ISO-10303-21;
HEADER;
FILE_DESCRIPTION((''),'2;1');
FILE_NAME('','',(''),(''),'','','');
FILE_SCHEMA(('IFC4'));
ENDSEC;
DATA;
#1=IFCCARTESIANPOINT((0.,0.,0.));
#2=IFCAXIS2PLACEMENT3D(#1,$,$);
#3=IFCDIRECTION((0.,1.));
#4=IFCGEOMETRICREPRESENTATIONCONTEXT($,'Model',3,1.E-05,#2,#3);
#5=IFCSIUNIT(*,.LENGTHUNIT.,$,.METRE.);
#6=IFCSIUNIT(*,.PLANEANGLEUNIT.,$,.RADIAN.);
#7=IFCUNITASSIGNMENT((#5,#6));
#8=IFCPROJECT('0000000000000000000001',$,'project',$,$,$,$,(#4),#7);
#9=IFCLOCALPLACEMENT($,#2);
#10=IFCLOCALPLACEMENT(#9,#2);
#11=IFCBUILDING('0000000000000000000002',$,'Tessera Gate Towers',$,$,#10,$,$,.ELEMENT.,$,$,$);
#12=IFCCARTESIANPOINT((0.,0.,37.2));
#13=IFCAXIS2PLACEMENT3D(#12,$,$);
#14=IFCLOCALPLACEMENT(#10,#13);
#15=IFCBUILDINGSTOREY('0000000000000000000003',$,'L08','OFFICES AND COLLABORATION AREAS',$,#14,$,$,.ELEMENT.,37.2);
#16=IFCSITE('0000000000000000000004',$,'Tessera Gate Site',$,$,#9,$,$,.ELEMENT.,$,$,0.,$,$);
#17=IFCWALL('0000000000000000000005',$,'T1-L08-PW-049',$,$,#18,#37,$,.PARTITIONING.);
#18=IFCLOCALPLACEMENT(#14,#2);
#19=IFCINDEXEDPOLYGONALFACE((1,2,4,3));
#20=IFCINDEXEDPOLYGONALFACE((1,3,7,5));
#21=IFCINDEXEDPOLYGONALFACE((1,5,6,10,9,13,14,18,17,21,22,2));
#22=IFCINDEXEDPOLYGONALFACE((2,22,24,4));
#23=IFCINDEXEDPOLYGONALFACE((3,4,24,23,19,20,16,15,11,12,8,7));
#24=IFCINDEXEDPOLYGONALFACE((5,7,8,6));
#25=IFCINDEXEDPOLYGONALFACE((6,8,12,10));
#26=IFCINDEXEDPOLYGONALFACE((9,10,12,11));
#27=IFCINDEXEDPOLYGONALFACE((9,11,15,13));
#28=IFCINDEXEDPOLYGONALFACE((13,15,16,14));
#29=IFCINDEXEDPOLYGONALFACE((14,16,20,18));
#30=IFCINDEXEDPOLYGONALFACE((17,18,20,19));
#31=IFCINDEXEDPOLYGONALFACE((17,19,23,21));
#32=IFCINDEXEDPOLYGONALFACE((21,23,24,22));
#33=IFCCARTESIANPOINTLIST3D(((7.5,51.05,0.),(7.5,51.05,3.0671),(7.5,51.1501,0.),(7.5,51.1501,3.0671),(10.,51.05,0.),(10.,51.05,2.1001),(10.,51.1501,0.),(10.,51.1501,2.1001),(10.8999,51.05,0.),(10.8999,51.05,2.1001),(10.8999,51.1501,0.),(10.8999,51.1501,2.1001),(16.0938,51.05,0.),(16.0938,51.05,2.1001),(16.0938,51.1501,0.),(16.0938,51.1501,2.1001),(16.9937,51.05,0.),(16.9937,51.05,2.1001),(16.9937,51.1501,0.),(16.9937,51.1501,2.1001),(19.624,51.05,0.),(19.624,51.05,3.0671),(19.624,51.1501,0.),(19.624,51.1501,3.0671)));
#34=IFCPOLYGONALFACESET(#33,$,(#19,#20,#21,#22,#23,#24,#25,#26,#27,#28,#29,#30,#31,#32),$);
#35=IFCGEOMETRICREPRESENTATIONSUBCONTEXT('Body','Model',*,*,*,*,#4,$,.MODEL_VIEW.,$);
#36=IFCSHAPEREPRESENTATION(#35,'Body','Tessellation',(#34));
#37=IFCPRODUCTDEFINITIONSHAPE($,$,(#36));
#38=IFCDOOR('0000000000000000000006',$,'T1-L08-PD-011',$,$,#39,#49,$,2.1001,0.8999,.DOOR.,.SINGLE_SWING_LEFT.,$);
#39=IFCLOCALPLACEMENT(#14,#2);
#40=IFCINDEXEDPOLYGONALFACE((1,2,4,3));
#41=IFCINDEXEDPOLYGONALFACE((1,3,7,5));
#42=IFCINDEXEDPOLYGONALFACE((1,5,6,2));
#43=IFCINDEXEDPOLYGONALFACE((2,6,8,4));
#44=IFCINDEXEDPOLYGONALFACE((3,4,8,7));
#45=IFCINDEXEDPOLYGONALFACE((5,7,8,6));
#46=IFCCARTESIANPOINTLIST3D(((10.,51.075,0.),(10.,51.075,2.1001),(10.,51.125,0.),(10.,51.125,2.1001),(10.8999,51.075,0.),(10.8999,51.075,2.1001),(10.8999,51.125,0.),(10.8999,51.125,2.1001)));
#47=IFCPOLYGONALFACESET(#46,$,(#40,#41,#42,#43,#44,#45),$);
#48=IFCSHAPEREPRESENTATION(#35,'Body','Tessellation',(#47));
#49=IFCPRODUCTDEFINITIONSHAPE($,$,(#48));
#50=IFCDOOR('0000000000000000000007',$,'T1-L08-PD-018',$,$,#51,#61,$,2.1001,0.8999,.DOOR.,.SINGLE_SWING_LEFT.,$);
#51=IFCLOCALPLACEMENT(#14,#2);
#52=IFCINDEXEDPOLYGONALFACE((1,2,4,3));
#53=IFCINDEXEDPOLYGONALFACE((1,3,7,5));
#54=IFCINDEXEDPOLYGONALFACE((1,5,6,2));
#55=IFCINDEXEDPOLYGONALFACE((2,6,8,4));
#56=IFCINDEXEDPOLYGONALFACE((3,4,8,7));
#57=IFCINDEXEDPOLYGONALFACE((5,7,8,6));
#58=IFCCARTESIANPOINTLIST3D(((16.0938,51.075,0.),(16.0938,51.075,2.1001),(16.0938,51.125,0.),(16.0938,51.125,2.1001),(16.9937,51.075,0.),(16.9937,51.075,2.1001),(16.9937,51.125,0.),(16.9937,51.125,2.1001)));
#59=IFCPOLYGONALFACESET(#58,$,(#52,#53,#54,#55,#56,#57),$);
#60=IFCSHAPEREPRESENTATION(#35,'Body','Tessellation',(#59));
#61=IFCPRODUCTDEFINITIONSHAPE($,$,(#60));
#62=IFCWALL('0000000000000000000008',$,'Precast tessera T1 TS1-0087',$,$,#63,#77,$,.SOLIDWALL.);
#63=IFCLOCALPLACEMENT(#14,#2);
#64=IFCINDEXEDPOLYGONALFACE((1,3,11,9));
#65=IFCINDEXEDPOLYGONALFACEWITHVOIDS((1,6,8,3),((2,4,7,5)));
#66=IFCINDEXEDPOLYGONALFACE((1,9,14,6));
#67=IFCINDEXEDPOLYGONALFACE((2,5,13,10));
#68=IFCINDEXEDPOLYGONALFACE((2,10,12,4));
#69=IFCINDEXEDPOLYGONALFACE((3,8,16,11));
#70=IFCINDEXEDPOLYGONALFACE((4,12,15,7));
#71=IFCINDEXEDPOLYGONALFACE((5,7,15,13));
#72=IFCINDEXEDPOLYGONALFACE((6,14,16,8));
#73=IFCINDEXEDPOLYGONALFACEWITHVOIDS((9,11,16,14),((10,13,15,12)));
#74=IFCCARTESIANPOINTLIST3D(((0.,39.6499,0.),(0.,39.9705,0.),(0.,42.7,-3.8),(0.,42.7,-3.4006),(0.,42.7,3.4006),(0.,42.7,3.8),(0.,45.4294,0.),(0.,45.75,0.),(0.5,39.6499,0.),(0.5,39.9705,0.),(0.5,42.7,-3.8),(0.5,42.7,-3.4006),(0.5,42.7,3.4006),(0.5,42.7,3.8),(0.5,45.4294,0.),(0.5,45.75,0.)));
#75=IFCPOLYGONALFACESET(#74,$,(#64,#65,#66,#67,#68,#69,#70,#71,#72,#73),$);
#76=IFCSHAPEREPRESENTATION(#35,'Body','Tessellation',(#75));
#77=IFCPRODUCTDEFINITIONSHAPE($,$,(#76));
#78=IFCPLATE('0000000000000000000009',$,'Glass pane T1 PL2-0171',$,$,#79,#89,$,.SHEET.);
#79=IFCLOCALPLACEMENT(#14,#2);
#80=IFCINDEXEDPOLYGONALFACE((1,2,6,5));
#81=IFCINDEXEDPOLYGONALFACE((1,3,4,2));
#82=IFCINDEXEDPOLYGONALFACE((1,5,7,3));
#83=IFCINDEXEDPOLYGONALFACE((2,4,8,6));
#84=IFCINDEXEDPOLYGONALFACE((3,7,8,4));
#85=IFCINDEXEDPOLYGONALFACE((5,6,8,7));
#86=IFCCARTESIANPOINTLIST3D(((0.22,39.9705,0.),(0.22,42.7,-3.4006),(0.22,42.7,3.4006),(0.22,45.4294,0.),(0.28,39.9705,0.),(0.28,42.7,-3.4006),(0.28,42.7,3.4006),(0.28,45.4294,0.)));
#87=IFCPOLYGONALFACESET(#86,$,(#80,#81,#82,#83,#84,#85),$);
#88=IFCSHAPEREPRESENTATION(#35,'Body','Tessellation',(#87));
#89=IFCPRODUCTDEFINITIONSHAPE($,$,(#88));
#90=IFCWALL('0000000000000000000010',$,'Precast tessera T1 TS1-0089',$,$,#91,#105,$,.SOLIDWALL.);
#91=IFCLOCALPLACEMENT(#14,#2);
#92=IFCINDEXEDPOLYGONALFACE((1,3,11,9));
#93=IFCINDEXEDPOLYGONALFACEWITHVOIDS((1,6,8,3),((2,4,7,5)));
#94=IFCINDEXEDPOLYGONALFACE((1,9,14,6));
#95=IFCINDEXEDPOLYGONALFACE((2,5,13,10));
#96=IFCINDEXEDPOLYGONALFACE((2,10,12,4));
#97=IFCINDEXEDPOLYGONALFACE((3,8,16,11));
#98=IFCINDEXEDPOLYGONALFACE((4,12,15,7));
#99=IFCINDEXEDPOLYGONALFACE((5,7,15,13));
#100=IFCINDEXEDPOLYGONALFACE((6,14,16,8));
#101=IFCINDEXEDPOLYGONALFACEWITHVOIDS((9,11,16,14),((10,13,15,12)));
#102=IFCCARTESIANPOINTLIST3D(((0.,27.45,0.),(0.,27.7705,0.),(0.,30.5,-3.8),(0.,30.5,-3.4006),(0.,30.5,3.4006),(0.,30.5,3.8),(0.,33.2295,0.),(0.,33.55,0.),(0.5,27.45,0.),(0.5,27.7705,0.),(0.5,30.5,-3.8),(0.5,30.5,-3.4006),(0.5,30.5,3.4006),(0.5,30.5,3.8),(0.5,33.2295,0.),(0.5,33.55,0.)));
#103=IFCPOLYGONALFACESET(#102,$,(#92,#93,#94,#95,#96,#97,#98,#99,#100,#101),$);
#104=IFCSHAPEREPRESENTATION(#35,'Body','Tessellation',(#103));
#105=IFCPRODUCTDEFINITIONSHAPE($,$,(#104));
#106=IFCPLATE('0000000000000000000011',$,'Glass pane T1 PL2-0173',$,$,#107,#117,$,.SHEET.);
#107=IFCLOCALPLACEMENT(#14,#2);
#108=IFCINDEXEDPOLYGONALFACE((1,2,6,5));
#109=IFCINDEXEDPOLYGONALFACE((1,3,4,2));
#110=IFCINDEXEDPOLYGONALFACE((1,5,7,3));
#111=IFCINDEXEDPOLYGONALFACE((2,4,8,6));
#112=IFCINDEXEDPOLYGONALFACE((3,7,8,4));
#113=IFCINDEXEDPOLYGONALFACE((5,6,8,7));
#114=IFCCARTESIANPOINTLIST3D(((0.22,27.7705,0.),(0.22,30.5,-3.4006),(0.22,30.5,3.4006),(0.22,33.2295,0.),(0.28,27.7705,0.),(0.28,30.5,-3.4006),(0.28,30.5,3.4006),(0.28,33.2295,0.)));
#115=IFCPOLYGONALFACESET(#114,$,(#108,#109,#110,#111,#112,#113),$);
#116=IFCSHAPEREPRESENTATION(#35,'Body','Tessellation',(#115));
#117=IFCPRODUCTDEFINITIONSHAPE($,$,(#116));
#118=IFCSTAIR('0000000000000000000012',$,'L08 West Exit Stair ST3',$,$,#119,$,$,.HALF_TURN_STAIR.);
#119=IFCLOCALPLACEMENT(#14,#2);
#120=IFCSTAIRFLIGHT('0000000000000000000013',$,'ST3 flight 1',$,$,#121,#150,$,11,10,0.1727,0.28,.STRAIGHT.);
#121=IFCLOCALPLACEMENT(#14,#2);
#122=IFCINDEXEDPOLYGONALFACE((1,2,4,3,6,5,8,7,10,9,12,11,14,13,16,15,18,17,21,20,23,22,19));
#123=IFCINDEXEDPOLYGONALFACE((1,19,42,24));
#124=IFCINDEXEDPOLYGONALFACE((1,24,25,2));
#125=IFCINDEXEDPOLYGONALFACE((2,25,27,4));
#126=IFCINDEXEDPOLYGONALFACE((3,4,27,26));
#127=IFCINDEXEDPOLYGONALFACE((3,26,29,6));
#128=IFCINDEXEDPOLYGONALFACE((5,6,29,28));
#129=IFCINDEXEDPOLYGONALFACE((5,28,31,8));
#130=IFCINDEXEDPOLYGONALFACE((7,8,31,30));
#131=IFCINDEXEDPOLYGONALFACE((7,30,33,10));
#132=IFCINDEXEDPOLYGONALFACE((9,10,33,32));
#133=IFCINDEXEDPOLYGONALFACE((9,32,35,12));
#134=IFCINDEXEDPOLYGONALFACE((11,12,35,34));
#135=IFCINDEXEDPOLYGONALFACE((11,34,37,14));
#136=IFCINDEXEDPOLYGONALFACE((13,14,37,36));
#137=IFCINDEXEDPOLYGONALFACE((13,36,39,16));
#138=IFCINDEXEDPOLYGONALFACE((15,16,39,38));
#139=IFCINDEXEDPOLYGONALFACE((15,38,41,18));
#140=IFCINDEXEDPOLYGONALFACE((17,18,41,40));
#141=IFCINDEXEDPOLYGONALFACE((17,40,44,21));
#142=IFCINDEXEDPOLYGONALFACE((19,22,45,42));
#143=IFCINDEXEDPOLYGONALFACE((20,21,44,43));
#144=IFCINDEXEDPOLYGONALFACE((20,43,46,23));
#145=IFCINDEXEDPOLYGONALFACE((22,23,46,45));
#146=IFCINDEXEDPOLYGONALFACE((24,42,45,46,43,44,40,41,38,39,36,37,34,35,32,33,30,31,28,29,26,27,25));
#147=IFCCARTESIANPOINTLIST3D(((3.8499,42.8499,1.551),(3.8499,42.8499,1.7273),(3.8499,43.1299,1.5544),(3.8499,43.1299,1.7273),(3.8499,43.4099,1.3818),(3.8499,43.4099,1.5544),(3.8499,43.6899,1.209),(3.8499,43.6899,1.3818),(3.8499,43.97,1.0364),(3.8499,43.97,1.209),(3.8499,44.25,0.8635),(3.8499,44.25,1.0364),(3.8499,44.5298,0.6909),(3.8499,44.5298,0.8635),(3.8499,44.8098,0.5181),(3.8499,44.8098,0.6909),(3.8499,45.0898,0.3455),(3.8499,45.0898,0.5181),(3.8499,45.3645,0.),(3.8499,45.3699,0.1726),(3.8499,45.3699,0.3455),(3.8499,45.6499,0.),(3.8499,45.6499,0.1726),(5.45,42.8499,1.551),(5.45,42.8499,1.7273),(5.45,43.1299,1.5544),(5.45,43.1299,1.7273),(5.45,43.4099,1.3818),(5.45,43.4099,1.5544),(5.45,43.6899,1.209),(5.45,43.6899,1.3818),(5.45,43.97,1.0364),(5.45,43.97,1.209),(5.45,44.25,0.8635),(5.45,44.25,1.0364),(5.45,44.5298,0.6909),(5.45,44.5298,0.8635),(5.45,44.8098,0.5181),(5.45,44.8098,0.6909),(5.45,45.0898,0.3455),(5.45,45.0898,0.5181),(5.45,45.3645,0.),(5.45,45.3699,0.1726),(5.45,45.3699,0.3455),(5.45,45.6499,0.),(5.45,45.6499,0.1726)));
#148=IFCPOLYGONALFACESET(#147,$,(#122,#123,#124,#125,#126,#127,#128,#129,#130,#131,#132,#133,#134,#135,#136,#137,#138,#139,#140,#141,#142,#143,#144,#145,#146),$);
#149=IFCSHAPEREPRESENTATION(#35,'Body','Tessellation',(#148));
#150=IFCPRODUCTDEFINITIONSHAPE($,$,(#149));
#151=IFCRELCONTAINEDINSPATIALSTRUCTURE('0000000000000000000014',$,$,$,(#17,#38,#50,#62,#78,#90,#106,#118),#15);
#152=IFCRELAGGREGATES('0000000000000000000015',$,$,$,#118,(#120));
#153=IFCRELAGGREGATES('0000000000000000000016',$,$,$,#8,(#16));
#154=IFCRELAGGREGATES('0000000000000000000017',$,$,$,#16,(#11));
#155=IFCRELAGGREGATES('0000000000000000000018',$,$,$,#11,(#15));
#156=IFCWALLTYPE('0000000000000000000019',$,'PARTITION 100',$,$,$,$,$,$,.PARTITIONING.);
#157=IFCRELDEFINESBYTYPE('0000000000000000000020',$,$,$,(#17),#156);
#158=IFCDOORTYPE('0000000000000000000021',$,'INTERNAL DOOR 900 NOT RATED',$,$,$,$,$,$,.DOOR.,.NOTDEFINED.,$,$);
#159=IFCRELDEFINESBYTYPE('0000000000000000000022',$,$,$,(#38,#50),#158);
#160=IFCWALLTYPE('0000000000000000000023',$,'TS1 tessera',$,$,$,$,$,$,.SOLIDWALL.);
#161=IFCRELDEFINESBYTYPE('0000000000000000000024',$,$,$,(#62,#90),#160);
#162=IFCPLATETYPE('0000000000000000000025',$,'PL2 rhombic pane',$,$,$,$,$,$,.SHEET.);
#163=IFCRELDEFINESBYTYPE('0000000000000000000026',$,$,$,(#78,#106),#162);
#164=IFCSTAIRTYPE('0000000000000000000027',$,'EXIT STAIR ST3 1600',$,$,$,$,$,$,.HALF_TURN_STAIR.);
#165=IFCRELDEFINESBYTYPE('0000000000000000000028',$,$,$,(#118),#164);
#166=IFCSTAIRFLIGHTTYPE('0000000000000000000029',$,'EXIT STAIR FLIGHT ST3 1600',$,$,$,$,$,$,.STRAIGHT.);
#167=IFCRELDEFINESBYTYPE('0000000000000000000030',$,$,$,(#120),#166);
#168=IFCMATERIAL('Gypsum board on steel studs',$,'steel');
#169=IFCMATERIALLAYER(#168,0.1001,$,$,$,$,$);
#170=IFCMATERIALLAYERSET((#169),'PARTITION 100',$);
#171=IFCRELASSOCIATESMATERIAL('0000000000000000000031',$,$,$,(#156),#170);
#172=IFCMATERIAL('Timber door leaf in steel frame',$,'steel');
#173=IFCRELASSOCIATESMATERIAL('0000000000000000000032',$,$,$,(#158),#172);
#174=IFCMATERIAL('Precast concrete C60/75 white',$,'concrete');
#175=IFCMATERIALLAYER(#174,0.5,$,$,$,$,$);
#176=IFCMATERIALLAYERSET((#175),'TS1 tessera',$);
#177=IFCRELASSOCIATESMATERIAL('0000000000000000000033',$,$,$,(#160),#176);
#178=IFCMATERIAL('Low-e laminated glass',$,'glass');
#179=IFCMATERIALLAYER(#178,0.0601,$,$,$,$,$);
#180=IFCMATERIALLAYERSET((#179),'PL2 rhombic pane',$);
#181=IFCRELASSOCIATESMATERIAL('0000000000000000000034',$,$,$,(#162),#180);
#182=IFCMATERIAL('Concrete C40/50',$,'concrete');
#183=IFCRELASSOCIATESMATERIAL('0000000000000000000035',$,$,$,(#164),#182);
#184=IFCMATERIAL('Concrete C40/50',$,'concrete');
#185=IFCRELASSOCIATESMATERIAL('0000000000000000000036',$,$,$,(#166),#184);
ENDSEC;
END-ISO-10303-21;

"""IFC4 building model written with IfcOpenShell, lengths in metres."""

from ifc_helpers import new_model, si_unit, direction, frame, frame_2d, origin, place, context, subcontext, project, spatial, polyline, rectangle, outline, extrude, source, transform, mapped, material, layer, layer_set, type_object, element, fill, aggregate, save


model = new_model("IFC4")

# Units and contexts
model_context = context("Model", 3, precision=1e-05, world=origin(), true_north=direction((0.0, 1.0)))
body_context = subcontext(model_context, "Body", "Model", "MODEL_VIEW")
ifc_project = project(units=[si_unit("LENGTHUNIT", "METRE"), si_unit("PLANEANGLEUNIT", "RADIAN")], contexts=[model_context])

# Site, building, storey
site_placement = place(None, origin())
site = spatial("IfcSite", under=ifc_project, at=site_placement, Name="Tessera Gate Site", CompositionType="ELEMENT", RefElevation=0.0)
building_placement = place(site_placement, origin())
building = spatial("IfcBuilding", under=site, at=building_placement, Name="Tessera Gate Towers", CompositionType="ELEMENT")
storey_placement = place(building_placement, frame((0.0, 0.0, 37.2)))
storey = spatial("IfcBuildingStorey", under=building, at=storey_placement, Name="L08", Description="OFFICES AND COLLABORATION AREAS", CompositionType="ELEMENT", Elevation=37.2)

# Shared definitions
shared_shape_1 = source(origin(), body_context, "Body", "SweptSolid", [
    extrude(rectangle(XDim=0.8999, YDim=2.1001, at=frame_2d((0.45, 1.05))), frame((0.0, 0.0249, 0.0), z_axis=(0.0, -1.0, 0.0), x_axis=(1.0, 0.0, 0.0)), (0.0, 0.0, 1.0), 0.05),
])

# Shared definitions
ifc_material_1 = material(Name="Gypsum board on steel studs", Category="steel")
ifc_layer_1 = layer(ifc_material_1, 0.1001)
ifc_layer_set_1 = layer_set([ifc_layer_1], Name="PARTITION 100")
wall_type_1 = type_object("IfcWallType", Name="PARTITION 100", PredefinedType="PARTITIONING", material=ifc_layer_set_1)
shared_shape_2 = source(origin(), body_context, "Body", "SweptSolid", [
    extrude(rectangle(XDim=0.8999, YDim=2.1001, at=frame_2d((0.45, 1.05))), frame((0.0, 0.0601, 0.0), z_axis=(0.0, -1.0, 0.0), x_axis=(1.0, 0.0, 0.0)), (0.0, 0.0, 1.0), 0.1201),
])
ifc_material_2 = material(Name="Timber door leaf in steel frame", Category="steel")
door_type_1 = type_object("IfcDoorType", Name="INTERNAL DOOR 900 NOT RATED", OperationType="NOTDEFINED", PredefinedType="DOOR", material=ifc_material_2)

# Wall, openings, doors
wall_1_placement = place(storey_placement, frame((7.5, 51.1001, 0.0), z_axis=(0.0, 0.0, 1.0), x_axis=(1.0, 0.0, 0.0)))
wall_1 = element("IfcWall", 1, at=wall_1_placement, inside=storey, type_object=wall_type_1, Name="T1-L08-PW-049", PredefinedType="PARTITIONING", context=body_context, shape_type="SweptSolid", body=[
    extrude(rectangle(XDim=12.124, YDim=0.1001, at=frame_2d((6.062, 0.0))), origin(), (0.0, 0.0, 1.0), 3.0671),
])
opening_1_placement = place(wall_1_placement, frame((2.5, 0.0, 0.0)))
opening_1 = element("IfcOpeningElement", 2, at=opening_1_placement, cuts=wall_1, PredefinedType="OPENING", context=body_context, shape_type="MappedRepresentation", body=[
    mapped(shared_shape_2, transform((0.0, 0.0, 0.0), scale=1.0)),
])
opening_2_placement = place(wall_1_placement, frame((8.5938, 0.0, 0.0)))
opening_2 = element("IfcOpeningElement", 3, at=opening_2_placement, cuts=wall_1, PredefinedType="OPENING", context=body_context, shape_type="MappedRepresentation", body=[
    mapped(shared_shape_2, transform((0.0, 0.0, 0.0), scale=1.0)),
])
door_1_placement = place(opening_1_placement, origin())
door_1 = element("IfcDoor", 4, at=door_1_placement, inside=storey, type_object=door_type_1, Name="T1-L08-PD-011", OperationType="SINGLE_SWING_LEFT", OverallHeight=2.1001, OverallWidth=0.8999, PredefinedType="DOOR", context=body_context, shape_type="MappedRepresentation", body=[
    mapped(shared_shape_1, transform((0.0, 0.0, 0.0), scale=1.0)),
])
fill(opening_1, door_1)
door_2_placement = place(opening_2_placement, origin())
door_2 = element("IfcDoor", 5, at=door_2_placement, inside=storey, type_object=door_type_1, Name="T1-L08-PD-018", OperationType="SINGLE_SWING_LEFT", OverallHeight=2.1001, OverallWidth=0.8999, PredefinedType="DOOR", context=body_context, shape_type="MappedRepresentation", body=[
    mapped(shared_shape_1, transform((0.0, 0.0, 0.0), scale=1.0)),
])
fill(opening_2, door_2)

# Walls, openings, plates
ifc_material_3 = material(Name="Precast concrete C60/75 white", Category="concrete")
ifc_layer_2 = layer(ifc_material_3, 0.5)
ifc_layer_set_2 = layer_set([ifc_layer_2], Name="TS1 tessera")
wall_type_2 = type_object("IfcWallType", Name="TS1 tessera", PredefinedType="SOLIDWALL", material=ifc_layer_set_2)
shared_shape_3 = source(origin(), body_context, "Body", "SweptSolid", [
    extrude(outline(polyline([(3.05, 0.0), (6.1001, 3.8), (3.05, 7.6001), (0.0, 3.8), (3.05, 0.0)])), frame((0.0, 0.25, 0.0), z_axis=(0.0, -1.0, 0.0), x_axis=(1.0, 0.0, 0.0)), (0.0, 0.0, 1.0), 0.5),
])
wall_2_placement = place(storey_placement, frame((0.25, 45.75, -3.8), z_axis=(0.0, 0.0, 1.0), x_axis=(0.0, -1.0, 0.0)))
wall_2 = element("IfcWall", 6, at=wall_2_placement, inside=storey, type_object=wall_type_2, Name="Precast tessera T1 TS1-0087", PredefinedType="SOLIDWALL", context=body_context, shape_type="MappedRepresentation", body=[
    mapped(shared_shape_3, transform((0.0, 0.0, 0.0), scale=1.0)),
])
shared_shape_4 = source(origin(), body_context, "Body", "SweptSolid", [
    extrude(outline(polyline([(3.05, 0.3994), (5.7795, 3.8), (3.05, 7.2007), (0.3206, 3.8), (3.05, 0.3994)])), frame((0.0, 0.26, 0.0), z_axis=(0.0, -1.0, 0.0), x_axis=(1.0, 0.0, 0.0)), (0.0, 0.0, 1.0), 0.52),
])
opening_3_placement = place(wall_2_placement, origin())
opening_3 = element("IfcOpeningElement", 7, at=opening_3_placement, cuts=wall_2, PredefinedType="OPENING", context=body_context, shape_type="MappedRepresentation", body=[
    mapped(shared_shape_4, transform((0.0, 0.0, 0.0), scale=1.0)),
])
ifc_material_4 = material(Name="Low-e laminated glass", Category="glass")
ifc_layer_3 = layer(ifc_material_4, 0.0601)
ifc_layer_set_3 = layer_set([ifc_layer_3], Name="PL2 rhombic pane")
plate_type = type_object("IfcPlateType", Name="PL2 rhombic pane", PredefinedType="SHEET", material=ifc_layer_set_3)
shared_shape_5 = source(origin(), body_context, "Body", "SweptSolid", [
    extrude(outline(polyline([(3.05, 0.3994), (5.7795, 3.8), (3.05, 7.2007), (0.3206, 3.8), (3.05, 0.3994)])), frame((0.0, 0.03, 0.0), z_axis=(0.0, -1.0, 0.0), x_axis=(1.0, 0.0, 0.0)), (0.0, 0.0, 1.0), 0.0601),
])
plate_1_placement = place(opening_3_placement, origin())
plate_1 = element("IfcPlate", 8, at=plate_1_placement, inside=storey, type_object=plate_type, Name="Glass pane T1 PL2-0171", PredefinedType="SHEET", context=body_context, shape_type="MappedRepresentation", body=[
    mapped(shared_shape_5, transform((0.0, 0.0, 0.0), scale=1.0)),
])
fill(opening_3, plate_1)
wall_3_placement = place(storey_placement, frame((0.25, 33.55, -3.8), z_axis=(0.0, 0.0, 1.0), x_axis=(0.0, -1.0, 0.0)))
wall_3 = element("IfcWall", 9, at=wall_3_placement, inside=storey, type_object=wall_type_2, Name="Precast tessera T1 TS1-0089", PredefinedType="SOLIDWALL", context=body_context, shape_type="MappedRepresentation", body=[
    mapped(shared_shape_3, transform((0.0, 0.0, 0.0), scale=1.0)),
])
opening_4_placement = place(wall_3_placement, origin())
opening_4 = element("IfcOpeningElement", 10, at=opening_4_placement, cuts=wall_3, PredefinedType="OPENING", context=body_context, shape_type="MappedRepresentation", body=[
    mapped(shared_shape_4, transform((0.0, 0.0, 0.0), scale=1.0)),
])
plate_2_placement = place(opening_4_placement, origin())
plate_2 = element("IfcPlate", 11, at=plate_2_placement, inside=storey, type_object=plate_type, Name="Glass pane T1 PL2-0173", PredefinedType="SHEET", context=body_context, shape_type="MappedRepresentation", body=[
    mapped(shared_shape_5, transform((0.0, 0.0, 0.0), scale=1.0)),
])
fill(opening_4, plate_2)

# Stair, stair flight
ifc_material_5 = material(Name="Concrete C40/50", Category="concrete")
stair_type = type_object("IfcStairType", Name="EXIT STAIR ST3 1600", PredefinedType="HALF_TURN_STAIR", material=ifc_material_5)
stair_placement = place(storey_placement, origin())
stair = element("IfcStair", 12, at=stair_placement, inside=storey, type_object=stair_type, Name="L08 West Exit Stair ST3", PredefinedType="HALF_TURN_STAIR")
ifc_material_6 = material(Name="Concrete C40/50", Category="concrete")
stair_flight_type = type_object("IfcStairFlightType", Name="EXIT STAIR FLIGHT ST3 1600", PredefinedType="STRAIGHT", material=ifc_material_6)
stair_flight_1_placement = place(storey_placement, frame((4.6499, 45.6499, 0.0), z_axis=(0.0, 0.0, 1.0), x_axis=(0.0, -1.0, 0.0)))
stair_flight_1 = element("IfcStairFlight", 13, at=stair_flight_1_placement, type_object=stair_flight_type, Name="ST3 flight 1", NumberOfRisers=11, NumberOfTreads=10, PredefinedType="STRAIGHT", RiserHeight=0.1727, TreadLength=0.28, context=body_context, shape_type="SweptSolid", body=[
    extrude(outline(polyline([(0.0, 0.0), (0.0, 0.1726), (0.28, 0.1726), (0.28, 0.3455), (0.5601, 0.3455), (0.5601, 0.5181), (0.8401, 0.5181), (0.8401, 0.6909), (1.1201, 0.6909), (1.1201, 0.8635), (1.3999, 0.8635), (1.3999, 1.0364), (1.6799, 1.0364), (1.6799, 1.209), (1.96, 1.209), (1.96, 1.3818), (2.24, 1.3818), (2.24, 1.5544), (2.52, 1.5544), (2.52, 1.7273), (2.8, 1.7273), (2.8, 1.8999), (2.8, 1.551), (0.2854, 0.0), (0.0, 0.0)])), frame((0.0, 0.8, 0.0), z_axis=(0.0, -1.0, 0.0), x_axis=(1.0, 0.0, 0.0)), (0.0, 0.0, 1.0), 1.6001),
])
aggregate(stair, [stair_flight_1])

save(model, "model.ifc")
